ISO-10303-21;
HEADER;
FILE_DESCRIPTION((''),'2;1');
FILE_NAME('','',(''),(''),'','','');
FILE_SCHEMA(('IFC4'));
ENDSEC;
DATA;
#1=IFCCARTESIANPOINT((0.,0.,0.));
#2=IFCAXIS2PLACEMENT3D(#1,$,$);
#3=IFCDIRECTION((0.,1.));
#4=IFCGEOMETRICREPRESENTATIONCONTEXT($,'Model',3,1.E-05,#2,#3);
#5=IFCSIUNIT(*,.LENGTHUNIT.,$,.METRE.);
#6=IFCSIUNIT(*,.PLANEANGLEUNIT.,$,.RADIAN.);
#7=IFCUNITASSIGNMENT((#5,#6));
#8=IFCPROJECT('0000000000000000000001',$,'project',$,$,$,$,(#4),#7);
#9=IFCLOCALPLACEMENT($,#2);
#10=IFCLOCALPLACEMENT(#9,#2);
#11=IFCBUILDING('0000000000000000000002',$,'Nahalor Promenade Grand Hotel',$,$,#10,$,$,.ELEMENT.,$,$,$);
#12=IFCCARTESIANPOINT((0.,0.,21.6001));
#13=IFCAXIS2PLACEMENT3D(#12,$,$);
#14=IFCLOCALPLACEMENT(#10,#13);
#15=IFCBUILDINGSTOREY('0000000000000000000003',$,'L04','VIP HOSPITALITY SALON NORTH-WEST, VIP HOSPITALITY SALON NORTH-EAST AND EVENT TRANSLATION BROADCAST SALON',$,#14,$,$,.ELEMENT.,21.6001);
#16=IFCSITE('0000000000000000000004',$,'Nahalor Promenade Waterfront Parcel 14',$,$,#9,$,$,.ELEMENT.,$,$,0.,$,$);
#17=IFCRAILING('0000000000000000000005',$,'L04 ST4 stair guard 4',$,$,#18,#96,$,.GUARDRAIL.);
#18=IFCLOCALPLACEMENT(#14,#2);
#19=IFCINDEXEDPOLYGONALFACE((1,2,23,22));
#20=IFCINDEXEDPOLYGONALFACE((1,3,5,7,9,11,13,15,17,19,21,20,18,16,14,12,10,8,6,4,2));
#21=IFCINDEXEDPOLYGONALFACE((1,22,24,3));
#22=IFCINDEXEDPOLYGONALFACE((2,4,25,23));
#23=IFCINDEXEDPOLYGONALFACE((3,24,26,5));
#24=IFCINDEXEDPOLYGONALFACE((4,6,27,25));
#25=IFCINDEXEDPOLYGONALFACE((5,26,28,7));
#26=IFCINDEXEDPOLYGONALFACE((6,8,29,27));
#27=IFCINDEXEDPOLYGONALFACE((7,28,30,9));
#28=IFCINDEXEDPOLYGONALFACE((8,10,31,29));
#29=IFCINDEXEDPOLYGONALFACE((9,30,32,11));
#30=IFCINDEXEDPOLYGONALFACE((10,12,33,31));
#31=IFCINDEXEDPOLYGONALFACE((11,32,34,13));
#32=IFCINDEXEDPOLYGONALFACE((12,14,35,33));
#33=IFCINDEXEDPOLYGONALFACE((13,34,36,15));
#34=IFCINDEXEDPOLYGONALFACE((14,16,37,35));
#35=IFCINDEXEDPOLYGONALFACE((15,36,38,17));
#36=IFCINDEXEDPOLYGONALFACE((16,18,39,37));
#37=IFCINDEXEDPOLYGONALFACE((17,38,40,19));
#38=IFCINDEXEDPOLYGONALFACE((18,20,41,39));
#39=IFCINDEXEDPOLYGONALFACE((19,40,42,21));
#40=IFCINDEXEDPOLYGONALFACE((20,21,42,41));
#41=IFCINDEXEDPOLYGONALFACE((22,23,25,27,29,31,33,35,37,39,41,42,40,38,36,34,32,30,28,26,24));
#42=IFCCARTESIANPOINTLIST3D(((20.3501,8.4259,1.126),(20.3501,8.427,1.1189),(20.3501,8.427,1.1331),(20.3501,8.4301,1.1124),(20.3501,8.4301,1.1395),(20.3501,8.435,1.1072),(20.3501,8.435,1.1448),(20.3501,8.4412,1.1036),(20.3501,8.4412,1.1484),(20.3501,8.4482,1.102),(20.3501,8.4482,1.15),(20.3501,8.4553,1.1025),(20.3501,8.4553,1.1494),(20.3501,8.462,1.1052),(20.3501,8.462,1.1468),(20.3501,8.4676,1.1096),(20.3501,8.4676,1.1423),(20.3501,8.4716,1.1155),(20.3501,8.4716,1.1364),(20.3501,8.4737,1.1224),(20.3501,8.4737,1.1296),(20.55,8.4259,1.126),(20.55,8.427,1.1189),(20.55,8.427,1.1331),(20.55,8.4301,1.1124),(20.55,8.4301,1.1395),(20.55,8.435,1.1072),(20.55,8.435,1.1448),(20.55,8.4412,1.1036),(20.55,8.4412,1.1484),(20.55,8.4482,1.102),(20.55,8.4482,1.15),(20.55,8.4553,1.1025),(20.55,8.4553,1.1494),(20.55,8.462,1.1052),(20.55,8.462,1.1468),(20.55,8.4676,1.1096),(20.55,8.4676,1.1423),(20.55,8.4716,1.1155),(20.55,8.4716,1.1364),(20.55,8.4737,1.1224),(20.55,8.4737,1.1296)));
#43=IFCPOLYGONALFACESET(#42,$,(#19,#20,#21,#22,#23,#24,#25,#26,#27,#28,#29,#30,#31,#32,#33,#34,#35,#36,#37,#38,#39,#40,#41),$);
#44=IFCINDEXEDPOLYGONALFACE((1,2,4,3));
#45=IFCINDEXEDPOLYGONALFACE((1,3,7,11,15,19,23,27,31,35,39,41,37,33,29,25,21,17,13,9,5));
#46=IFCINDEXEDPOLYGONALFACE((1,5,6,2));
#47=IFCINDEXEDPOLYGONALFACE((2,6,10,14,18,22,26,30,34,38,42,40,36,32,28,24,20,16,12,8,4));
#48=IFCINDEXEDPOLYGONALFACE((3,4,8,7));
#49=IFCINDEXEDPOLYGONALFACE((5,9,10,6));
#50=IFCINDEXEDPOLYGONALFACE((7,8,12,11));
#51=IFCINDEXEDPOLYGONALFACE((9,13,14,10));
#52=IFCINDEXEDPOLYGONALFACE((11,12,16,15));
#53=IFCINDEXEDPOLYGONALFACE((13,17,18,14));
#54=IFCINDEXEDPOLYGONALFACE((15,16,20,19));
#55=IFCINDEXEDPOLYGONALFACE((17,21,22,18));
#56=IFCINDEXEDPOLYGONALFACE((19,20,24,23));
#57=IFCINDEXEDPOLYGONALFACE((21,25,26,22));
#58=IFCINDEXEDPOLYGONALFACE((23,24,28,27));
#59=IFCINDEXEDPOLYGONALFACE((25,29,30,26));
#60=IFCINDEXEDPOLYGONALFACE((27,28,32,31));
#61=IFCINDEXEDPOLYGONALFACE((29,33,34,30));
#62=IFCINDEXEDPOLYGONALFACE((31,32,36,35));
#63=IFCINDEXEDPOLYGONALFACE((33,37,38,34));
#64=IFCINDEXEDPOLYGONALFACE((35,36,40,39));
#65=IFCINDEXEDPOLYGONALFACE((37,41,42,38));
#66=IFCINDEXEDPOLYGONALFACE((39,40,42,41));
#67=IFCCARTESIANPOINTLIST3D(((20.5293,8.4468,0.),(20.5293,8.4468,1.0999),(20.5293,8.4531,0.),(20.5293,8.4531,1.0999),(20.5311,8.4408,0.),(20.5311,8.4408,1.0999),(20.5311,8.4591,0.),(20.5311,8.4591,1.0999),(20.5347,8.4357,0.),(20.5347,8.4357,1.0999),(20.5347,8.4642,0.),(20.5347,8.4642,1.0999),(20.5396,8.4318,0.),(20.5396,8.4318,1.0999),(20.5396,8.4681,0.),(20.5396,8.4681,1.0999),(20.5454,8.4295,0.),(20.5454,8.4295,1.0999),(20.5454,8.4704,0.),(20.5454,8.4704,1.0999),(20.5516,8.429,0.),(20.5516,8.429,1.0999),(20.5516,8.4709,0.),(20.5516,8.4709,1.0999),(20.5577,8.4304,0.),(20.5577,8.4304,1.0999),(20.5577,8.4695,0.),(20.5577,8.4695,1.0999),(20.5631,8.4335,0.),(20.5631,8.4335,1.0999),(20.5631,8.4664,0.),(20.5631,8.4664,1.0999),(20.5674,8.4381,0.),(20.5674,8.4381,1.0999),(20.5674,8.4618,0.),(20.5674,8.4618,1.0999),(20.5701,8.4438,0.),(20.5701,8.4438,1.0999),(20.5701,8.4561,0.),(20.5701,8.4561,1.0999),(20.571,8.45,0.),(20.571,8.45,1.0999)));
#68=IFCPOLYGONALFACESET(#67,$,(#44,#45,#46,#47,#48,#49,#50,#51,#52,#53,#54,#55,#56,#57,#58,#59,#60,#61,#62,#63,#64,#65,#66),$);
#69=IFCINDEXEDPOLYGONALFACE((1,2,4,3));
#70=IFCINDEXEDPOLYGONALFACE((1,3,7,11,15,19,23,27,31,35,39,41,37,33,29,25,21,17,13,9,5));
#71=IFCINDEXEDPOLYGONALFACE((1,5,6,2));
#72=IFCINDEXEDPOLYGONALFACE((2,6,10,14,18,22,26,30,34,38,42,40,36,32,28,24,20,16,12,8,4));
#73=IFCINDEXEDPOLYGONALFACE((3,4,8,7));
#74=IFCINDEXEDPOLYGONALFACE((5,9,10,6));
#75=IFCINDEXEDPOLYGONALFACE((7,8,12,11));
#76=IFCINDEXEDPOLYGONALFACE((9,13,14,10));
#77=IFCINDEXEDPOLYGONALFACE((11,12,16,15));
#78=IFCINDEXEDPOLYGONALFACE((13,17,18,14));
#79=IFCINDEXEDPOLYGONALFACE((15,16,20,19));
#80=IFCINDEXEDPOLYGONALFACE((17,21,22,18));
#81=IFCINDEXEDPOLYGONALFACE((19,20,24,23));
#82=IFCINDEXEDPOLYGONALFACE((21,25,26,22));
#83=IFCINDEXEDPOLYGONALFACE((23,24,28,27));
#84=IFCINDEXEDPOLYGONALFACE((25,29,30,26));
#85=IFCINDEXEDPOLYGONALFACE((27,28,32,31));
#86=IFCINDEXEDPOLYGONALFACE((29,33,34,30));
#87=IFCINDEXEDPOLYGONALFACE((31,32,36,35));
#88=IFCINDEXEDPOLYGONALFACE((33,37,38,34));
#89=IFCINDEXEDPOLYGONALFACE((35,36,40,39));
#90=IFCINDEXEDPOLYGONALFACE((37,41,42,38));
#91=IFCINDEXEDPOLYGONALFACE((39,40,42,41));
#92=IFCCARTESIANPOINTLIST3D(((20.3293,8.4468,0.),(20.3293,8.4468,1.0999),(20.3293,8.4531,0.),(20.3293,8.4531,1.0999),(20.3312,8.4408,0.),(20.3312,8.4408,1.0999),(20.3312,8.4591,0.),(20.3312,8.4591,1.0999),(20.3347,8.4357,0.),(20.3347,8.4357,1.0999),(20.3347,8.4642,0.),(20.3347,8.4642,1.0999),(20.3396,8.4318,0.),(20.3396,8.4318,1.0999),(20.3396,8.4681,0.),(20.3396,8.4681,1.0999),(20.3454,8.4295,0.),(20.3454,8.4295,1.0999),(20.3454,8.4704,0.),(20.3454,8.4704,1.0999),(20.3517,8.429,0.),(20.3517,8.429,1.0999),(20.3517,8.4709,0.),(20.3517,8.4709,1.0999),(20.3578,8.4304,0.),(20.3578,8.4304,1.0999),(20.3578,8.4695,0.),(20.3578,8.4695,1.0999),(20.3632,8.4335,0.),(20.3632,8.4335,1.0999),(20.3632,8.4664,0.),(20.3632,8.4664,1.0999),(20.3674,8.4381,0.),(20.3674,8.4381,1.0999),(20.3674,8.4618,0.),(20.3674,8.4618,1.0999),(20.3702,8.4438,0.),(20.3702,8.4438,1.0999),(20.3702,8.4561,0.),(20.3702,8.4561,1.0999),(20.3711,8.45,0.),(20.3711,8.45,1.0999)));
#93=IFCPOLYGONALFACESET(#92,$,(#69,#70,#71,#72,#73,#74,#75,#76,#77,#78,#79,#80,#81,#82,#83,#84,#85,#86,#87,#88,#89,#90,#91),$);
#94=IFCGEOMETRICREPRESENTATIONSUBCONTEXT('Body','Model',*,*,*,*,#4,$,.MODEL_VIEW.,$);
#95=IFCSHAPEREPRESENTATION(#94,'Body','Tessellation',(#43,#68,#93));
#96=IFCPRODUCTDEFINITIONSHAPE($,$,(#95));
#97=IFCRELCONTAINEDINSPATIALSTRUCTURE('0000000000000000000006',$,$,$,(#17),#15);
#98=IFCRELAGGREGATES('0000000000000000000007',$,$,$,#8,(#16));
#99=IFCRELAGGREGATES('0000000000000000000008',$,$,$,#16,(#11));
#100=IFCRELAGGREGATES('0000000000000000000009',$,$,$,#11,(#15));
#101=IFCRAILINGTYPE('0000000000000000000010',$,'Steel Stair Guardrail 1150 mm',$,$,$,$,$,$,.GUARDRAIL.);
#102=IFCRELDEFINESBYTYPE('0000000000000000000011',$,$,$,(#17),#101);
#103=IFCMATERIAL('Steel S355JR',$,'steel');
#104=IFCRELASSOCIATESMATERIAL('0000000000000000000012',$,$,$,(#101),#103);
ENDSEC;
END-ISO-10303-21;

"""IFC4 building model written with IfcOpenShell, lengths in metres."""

from ifc_helpers import new_model, si_unit, direction, frame, origin, origin_2d, place, context, subcontext, project, spatial, circle, extrude, material, type_object, element, save


model = new_model("IFC4")

# Units and contexts
model_context = context("Model", 3, precision=1e-05, world=origin(), true_north=direction((0.0, 1.0)))
body_context = subcontext(model_context, "Body", "Model", "MODEL_VIEW")
ifc_project = project(units=[si_unit("LENGTHUNIT", "METRE"), si_unit("PLANEANGLEUNIT", "RADIAN")], contexts=[model_context])

# Site, building, storey
site_placement = place(None, origin())
site = spatial("IfcSite", under=ifc_project, at=site_placement, Name="Nahalor Promenade Waterfront Parcel 14", CompositionType="ELEMENT", RefElevation=0.0)
building_placement = place(site_placement, origin())
building = spatial("IfcBuilding", under=site, at=building_placement, Name="Nahalor Promenade Grand Hotel", CompositionType="ELEMENT")
storey_placement = place(building_placement, frame((0.0, 0.0, 21.6001)))
storey = spatial("IfcBuildingStorey", under=building, at=storey_placement, Name="L04", Description="VIP HOSPITALITY SALON NORTH-WEST, VIP HOSPITALITY SALON NORTH-EAST AND EVENT TRANSLATION BROADCAST SALON", CompositionType="ELEMENT", Elevation=21.6001)

# Shared definitions
ifc_material_1 = material(Name="Steel S355JR", Category="steel")

# Railing
railing_type_1 = type_object("IfcRailingType", Name="Steel Stair Guardrail 1150 mm", PredefinedType="GUARDRAIL", material=ifc_material_1)
railing_1_placement = place(storey_placement, frame((20.55, 8.45, 0.0)))
element("IfcRailing", 1, at=railing_1_placement, inside=storey, type_object=railing_type_1, Name="L04 ST4 stair guard 4", PredefinedType="GUARDRAIL", context=body_context, shape_type="SweptSolid", body=[
    extrude(circle(Radius=0.024, at=origin_2d()), frame((0.0, 0.0, 1.126), z_axis=(-1.0, 0.0, 0.0), x_axis=(0.0, -1.0, 0.0)), (0.0, 0.0, 1.0), 0.2),
    extrude(circle(Radius=0.021, at=origin_2d()), origin(), (0.0, 0.0, 1.0), 1.0999),
    extrude(circle(Radius=0.021, at=origin_2d()), frame((-0.2, 0.0, 0.0)), (0.0, 0.0, 1.0), 1.0999),
])

save(model, "model.ifc")
